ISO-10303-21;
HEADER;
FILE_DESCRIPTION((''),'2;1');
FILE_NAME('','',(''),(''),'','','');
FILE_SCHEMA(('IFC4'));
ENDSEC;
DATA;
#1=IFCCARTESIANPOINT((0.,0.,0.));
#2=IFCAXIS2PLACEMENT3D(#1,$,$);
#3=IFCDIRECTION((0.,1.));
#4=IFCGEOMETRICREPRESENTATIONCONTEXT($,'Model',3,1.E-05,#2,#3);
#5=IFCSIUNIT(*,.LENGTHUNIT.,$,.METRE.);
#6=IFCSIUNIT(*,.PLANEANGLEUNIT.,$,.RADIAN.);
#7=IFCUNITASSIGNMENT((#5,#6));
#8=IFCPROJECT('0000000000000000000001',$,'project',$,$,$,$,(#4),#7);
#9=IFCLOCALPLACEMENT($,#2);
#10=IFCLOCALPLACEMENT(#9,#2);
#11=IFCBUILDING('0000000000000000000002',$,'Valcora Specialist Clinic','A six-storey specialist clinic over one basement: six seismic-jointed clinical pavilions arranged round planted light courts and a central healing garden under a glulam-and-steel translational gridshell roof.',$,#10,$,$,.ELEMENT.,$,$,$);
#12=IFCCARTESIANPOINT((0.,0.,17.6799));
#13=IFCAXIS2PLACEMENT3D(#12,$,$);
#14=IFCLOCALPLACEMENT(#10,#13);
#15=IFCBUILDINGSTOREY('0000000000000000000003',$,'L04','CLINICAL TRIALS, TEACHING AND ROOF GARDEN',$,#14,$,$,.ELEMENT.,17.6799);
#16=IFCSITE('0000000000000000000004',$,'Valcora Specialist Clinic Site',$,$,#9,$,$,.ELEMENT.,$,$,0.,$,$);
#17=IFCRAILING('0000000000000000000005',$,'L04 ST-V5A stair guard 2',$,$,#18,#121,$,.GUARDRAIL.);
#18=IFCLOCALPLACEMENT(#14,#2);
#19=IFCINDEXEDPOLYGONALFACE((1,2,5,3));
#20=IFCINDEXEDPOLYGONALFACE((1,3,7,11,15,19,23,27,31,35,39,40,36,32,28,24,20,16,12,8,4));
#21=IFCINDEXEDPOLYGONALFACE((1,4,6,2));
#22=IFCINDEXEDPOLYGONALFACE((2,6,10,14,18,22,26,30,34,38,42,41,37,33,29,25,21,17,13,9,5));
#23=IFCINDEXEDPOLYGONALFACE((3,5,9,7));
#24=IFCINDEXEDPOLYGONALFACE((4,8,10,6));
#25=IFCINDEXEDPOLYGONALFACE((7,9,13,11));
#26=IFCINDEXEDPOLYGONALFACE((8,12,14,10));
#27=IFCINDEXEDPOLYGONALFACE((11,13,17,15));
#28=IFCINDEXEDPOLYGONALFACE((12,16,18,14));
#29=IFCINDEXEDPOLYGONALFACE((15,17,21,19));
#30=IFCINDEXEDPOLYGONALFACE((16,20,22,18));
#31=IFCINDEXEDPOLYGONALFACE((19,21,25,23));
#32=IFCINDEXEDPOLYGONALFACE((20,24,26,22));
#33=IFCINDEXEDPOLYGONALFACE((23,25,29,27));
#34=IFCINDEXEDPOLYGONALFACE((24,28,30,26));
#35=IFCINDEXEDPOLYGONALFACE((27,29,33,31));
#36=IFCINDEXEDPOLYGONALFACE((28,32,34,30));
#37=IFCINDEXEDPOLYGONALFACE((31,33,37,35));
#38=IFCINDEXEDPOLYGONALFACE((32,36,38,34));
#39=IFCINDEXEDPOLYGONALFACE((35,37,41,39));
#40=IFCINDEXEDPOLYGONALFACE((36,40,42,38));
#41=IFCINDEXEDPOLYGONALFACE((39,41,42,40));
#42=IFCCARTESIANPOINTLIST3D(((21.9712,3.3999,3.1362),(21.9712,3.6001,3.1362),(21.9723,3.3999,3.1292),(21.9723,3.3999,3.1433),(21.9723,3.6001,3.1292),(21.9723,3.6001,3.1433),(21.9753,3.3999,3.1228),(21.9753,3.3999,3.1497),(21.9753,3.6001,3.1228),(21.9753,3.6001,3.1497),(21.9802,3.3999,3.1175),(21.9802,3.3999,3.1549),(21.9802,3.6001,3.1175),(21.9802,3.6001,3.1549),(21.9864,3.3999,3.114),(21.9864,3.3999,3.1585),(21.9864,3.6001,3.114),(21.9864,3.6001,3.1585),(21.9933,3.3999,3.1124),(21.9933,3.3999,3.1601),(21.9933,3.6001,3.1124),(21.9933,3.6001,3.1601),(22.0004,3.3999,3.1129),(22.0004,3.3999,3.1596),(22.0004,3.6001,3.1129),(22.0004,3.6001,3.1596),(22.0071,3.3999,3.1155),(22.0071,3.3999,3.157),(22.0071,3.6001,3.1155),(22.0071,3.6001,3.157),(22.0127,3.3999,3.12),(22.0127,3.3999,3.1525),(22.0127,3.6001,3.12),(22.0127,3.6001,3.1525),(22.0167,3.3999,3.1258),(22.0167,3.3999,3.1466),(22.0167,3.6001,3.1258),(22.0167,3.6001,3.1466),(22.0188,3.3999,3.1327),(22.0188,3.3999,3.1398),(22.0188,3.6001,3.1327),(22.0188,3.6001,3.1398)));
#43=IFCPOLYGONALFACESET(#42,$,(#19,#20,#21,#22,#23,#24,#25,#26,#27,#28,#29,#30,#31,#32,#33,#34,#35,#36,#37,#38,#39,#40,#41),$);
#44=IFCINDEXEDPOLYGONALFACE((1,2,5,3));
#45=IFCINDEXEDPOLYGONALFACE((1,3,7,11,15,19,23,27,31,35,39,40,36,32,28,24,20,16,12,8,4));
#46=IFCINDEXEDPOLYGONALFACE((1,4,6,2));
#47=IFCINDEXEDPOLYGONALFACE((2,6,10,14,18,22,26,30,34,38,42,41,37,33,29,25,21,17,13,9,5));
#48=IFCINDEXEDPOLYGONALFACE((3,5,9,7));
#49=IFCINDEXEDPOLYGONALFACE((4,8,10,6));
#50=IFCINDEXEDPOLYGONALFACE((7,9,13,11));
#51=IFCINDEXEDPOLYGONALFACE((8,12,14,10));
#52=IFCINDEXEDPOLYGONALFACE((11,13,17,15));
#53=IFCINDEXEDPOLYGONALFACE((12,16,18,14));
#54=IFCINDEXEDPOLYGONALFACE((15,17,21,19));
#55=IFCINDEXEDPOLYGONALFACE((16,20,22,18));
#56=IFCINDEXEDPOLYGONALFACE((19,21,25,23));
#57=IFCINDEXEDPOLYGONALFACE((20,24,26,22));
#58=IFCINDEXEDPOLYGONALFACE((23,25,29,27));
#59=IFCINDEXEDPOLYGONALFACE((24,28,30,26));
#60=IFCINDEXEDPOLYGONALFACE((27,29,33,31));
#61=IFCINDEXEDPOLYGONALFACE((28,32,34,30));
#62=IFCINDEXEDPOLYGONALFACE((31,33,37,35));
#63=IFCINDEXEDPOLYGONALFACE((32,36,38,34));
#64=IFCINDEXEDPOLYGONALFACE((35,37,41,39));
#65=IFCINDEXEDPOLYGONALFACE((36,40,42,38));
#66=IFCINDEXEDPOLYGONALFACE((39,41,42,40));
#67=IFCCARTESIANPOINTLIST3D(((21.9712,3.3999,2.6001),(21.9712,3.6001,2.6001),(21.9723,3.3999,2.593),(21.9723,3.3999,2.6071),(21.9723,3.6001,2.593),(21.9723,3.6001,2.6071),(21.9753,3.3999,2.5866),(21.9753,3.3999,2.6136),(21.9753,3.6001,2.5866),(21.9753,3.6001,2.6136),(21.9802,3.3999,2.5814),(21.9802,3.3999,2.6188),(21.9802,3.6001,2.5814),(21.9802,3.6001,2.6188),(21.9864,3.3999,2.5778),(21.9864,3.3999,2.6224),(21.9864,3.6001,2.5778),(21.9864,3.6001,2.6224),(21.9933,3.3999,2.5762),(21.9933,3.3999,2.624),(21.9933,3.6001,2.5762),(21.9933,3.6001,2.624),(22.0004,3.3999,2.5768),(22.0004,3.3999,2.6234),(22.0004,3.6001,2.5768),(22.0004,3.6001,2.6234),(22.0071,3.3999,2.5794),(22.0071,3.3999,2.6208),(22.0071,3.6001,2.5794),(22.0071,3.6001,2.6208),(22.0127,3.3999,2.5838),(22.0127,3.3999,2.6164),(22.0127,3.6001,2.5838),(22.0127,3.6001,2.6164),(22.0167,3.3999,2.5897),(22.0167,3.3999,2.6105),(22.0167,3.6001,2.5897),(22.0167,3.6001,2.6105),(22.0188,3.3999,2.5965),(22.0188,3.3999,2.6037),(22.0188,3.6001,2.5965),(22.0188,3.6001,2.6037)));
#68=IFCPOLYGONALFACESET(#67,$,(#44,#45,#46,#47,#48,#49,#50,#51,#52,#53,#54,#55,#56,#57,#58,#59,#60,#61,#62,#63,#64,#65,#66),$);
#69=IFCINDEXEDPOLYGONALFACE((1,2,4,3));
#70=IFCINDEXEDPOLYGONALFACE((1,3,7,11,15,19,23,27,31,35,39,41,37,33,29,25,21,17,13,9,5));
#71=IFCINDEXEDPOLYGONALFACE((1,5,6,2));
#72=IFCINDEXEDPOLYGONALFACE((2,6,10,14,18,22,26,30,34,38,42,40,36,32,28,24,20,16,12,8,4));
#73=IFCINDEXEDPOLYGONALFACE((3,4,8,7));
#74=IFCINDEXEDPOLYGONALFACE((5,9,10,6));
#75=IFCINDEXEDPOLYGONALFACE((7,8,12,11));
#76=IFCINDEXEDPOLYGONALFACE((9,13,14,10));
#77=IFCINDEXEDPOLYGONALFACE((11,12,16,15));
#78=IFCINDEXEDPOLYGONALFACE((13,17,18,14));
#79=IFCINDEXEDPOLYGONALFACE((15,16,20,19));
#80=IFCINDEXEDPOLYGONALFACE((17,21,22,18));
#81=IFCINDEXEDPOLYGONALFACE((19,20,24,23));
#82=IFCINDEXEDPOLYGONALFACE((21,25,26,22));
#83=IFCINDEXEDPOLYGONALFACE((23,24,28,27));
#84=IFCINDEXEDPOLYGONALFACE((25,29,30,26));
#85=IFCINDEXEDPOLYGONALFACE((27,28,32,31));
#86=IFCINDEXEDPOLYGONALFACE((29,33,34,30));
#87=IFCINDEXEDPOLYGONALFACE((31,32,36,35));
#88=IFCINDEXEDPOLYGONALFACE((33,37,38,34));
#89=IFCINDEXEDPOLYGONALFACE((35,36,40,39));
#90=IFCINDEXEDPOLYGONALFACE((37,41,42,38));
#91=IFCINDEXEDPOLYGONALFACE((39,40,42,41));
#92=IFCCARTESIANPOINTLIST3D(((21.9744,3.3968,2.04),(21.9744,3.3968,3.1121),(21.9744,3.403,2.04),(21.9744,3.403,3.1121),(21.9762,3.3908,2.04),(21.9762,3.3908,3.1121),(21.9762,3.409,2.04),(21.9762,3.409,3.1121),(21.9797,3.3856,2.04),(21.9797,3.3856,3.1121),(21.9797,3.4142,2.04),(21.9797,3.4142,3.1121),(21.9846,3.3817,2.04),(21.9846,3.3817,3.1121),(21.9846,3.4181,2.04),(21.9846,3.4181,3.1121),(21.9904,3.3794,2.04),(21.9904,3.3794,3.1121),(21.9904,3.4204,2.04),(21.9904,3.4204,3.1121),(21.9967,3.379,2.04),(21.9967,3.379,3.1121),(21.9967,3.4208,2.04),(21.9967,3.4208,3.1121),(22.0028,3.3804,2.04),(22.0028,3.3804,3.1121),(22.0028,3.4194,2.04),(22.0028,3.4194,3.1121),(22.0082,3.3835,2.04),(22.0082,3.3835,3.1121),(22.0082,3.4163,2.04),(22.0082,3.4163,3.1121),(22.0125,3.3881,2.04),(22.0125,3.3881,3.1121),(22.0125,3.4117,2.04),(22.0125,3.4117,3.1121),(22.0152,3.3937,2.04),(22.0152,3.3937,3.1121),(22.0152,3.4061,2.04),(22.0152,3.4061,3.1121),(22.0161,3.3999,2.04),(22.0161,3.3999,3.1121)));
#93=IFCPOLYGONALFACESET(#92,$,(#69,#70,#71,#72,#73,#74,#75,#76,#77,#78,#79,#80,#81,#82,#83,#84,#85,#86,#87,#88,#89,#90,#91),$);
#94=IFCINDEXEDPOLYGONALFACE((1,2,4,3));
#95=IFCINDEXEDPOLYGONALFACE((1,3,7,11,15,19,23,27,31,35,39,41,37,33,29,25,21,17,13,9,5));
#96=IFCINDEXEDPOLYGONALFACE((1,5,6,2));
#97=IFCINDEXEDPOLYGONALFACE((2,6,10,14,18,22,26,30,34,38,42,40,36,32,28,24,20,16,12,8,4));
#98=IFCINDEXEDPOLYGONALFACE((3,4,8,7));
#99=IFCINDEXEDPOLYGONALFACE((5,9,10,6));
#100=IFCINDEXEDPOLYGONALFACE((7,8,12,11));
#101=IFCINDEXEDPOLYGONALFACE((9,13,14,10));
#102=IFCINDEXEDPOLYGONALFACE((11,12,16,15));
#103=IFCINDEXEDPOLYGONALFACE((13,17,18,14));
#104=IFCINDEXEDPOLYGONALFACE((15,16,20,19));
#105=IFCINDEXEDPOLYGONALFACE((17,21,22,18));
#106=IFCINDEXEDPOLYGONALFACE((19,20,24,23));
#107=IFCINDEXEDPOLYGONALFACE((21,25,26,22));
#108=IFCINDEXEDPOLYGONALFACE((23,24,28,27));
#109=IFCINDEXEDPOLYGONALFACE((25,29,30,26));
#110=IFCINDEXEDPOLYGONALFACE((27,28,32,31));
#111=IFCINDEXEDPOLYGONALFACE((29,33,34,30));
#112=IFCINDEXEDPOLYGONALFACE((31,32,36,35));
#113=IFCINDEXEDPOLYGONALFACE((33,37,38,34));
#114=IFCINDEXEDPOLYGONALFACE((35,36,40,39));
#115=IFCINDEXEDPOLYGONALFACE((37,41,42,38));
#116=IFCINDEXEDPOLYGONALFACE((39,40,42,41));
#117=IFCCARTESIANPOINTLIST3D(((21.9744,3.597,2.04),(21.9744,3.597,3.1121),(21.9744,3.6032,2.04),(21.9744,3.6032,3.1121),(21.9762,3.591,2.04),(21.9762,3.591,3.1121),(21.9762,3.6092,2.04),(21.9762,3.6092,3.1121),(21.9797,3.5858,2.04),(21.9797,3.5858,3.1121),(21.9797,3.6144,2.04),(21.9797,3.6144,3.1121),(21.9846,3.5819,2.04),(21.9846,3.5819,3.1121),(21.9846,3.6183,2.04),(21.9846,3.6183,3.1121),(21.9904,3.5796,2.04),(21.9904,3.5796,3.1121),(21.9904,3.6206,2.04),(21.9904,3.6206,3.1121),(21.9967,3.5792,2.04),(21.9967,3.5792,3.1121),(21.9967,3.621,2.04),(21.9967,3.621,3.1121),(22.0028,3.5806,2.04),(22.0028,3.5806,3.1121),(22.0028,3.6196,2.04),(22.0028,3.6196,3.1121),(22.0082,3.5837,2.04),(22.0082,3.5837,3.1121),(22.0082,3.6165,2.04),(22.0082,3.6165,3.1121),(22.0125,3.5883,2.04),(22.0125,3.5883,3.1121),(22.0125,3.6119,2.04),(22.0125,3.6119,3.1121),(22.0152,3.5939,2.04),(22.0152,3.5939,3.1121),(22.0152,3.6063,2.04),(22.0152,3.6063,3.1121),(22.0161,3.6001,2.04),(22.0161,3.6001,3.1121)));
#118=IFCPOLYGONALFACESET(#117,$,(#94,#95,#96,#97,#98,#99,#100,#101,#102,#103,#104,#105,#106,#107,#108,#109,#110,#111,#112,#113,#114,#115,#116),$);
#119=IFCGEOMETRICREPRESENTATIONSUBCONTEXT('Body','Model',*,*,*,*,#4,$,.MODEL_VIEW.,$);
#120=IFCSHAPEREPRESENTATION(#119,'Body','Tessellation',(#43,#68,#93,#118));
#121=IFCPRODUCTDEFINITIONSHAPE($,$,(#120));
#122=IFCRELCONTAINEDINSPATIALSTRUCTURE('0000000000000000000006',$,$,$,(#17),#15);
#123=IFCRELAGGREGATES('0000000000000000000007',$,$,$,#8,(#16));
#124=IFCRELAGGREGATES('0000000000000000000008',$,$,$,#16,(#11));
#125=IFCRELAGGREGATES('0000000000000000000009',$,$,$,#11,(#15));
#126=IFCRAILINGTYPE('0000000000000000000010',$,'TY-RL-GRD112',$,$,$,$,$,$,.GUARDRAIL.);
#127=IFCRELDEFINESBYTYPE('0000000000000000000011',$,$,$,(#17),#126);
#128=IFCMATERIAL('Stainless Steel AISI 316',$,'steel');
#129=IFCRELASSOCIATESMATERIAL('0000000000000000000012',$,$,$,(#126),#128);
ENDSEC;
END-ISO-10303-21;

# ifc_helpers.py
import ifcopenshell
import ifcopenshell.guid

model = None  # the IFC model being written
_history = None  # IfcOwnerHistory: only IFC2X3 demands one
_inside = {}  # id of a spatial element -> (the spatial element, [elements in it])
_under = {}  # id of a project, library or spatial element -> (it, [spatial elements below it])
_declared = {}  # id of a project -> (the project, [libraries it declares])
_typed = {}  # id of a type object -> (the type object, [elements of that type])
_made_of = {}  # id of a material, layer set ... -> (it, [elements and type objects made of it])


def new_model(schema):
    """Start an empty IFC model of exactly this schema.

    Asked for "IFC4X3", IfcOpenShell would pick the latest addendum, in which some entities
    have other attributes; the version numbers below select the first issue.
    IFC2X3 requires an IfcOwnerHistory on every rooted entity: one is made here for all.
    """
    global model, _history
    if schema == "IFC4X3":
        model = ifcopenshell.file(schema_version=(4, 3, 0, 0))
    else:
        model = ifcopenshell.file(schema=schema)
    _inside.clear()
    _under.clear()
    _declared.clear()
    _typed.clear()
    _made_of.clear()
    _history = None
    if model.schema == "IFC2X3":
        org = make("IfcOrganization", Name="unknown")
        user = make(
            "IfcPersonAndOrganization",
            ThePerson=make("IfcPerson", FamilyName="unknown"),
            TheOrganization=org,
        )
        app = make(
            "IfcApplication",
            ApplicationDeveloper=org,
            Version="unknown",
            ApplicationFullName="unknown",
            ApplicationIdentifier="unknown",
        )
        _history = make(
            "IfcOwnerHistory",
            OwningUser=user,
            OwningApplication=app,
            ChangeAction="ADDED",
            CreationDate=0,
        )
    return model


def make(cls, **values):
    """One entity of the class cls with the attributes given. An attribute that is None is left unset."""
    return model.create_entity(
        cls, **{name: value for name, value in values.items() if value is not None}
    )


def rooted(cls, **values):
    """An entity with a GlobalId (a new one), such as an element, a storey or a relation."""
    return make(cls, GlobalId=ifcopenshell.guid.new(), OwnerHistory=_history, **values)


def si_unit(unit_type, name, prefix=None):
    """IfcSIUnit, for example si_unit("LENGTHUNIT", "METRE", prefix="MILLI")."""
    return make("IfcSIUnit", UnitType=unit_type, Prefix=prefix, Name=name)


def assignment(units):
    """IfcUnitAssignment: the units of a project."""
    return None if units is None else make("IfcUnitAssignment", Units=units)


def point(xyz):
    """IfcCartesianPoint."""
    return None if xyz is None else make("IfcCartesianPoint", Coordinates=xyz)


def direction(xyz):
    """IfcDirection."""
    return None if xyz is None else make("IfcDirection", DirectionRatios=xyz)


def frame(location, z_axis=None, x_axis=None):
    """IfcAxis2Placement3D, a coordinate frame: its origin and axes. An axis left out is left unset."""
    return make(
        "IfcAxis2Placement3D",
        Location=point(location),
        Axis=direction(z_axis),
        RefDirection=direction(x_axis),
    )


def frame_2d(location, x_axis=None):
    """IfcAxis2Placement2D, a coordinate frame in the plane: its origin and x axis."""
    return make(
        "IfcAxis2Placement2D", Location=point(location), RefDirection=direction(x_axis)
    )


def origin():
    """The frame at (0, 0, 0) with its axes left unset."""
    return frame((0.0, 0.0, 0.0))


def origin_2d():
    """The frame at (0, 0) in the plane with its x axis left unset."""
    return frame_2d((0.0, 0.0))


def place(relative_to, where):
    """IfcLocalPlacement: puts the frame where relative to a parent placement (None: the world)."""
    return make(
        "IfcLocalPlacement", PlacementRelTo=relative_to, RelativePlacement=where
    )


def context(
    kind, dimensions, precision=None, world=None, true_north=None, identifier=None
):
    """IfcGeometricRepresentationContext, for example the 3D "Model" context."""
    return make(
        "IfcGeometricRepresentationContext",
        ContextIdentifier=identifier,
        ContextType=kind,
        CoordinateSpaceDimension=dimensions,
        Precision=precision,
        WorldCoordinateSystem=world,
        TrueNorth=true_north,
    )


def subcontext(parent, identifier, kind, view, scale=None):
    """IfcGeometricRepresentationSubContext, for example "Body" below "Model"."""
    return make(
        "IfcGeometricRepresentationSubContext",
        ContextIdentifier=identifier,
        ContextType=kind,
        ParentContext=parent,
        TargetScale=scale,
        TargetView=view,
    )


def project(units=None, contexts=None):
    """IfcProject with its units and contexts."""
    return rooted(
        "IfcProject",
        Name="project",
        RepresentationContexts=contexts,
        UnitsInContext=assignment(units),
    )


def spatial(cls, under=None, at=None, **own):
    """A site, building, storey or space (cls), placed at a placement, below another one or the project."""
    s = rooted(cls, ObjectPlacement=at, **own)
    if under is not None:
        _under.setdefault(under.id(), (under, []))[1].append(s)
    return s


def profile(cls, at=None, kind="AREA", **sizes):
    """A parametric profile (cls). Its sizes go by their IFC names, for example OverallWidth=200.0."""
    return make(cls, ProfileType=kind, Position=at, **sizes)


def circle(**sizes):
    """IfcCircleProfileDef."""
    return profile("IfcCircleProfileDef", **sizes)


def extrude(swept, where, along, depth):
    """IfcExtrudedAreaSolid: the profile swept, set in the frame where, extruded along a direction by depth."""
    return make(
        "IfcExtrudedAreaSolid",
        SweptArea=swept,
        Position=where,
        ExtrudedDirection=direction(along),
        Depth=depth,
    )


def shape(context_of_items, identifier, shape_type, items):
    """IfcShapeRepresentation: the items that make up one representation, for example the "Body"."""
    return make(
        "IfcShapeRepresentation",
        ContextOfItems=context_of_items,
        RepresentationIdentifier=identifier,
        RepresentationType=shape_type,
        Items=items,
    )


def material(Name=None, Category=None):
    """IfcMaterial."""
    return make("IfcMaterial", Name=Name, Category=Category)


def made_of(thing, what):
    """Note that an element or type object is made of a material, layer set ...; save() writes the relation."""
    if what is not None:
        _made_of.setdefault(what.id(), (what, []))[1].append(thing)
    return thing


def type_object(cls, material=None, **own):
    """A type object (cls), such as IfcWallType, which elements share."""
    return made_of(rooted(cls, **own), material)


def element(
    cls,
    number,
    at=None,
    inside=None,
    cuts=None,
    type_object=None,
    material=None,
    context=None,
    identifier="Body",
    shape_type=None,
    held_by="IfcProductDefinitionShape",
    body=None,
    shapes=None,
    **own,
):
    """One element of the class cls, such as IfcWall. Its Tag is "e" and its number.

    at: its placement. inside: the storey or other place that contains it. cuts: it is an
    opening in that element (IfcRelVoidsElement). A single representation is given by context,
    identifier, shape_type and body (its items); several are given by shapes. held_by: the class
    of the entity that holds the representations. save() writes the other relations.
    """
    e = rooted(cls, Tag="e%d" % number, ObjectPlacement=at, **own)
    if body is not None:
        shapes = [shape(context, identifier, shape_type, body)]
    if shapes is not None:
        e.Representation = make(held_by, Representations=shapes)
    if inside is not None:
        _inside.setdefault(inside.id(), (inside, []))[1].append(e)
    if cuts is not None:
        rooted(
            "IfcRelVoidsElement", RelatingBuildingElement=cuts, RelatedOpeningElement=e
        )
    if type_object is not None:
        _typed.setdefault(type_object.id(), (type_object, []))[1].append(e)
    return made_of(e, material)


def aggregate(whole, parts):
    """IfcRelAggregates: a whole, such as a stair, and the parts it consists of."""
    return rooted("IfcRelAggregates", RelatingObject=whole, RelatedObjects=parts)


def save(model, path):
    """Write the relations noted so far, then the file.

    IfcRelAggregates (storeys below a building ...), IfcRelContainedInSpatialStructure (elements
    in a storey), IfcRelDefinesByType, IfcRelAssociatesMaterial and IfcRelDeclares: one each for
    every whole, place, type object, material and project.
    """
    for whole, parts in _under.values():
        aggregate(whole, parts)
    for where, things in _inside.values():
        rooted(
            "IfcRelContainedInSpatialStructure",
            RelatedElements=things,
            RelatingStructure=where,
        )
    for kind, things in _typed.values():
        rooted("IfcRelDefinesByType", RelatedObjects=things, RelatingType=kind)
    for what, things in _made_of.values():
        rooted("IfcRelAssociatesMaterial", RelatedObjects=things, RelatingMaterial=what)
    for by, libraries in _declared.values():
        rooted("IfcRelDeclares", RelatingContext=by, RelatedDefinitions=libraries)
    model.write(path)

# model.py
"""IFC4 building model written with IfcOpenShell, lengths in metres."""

from ifc_helpers import new_model, si_unit, direction, frame, origin, origin_2d, place, context, subcontext, project, spatial, circle, extrude, material, type_object, element, save


model = new_model("IFC4")

# Units and contexts
model_context = context("Model", 3, precision=1e-05, world=origin(), true_north=direction((0.0, 1.0)))
body_context = subcontext(model_context, "Body", "Model", "MODEL_VIEW")
ifc_project = project(units=[si_unit("LENGTHUNIT", "METRE"), si_unit("PLANEANGLEUNIT", "RADIAN")], contexts=[model_context])

# Site, building, storey
site_placement = place(None, origin())
site = spatial("IfcSite", under=ifc_project, at=site_placement, Name="Valcora Specialist Clinic Site", CompositionType="ELEMENT", RefElevation=0.0)
building_placement = place(site_placement, origin())
building = spatial("IfcBuilding", under=site, at=building_placement, Name="Valcora Specialist Clinic", Description="A six-storey specialist clinic over one basement: six seismic-jointed clinical pavilions arranged round planted light courts and a central healing garden under a glulam-and-steel translational gridshell roof.", CompositionType="ELEMENT")
storey_placement = place(building_placement, frame((0.0, 0.0, 17.6799)))
storey = spatial("IfcBuildingStorey", under=building, at=storey_placement, Name="L04", Description="CLINICAL TRIALS, TEACHING AND ROOF GARDEN", CompositionType="ELEMENT", Elevation=17.6799)

# Railing
ifc_material_1 = material(Name="Stainless Steel AISI 316", Category="steel")
railing_type_1 = type_object("IfcRailingType", Name="TY-RL-GRD112", PredefinedType="GUARDRAIL", material=ifc_material_1)
railing_1_placement = place(storey_placement, frame((21.9951, 3.3999, 2.04)))
element("IfcRailing", 1, at=railing_1_placement, inside=storey, type_object=railing_type_1, Name="L04 ST-V5A stair guard 2", PredefinedType="GUARDRAIL", context=body_context, shape_type="SweptSolid", body=[
    extrude(circle(Radius=0.0239, at=origin_2d()), frame((0.0, 0.0, 1.0962), z_axis=(0.0, 1.0, 0.0), x_axis=(-1.0, 0.0, 0.0)), (0.0, 0.0, 1.0), 0.2002),
    extrude(circle(Radius=0.0239, at=origin_2d()), frame((0.0, 0.0, 0.5601), z_axis=(0.0, 1.0, 0.0), x_axis=(-1.0, 0.0, 0.0)), (0.0, 0.0, 1.0), 0.2002),
    extrude(circle(Radius=0.021, at=origin_2d()), origin(), (0.0, 0.0, 1.0), 1.072),
    extrude(circle(Radius=0.021, at=origin_2d()), frame((0.0, 0.2002, 0.0)), (0.0, 0.0, 1.0), 1.072),
])

save(model, "model.ifc")
